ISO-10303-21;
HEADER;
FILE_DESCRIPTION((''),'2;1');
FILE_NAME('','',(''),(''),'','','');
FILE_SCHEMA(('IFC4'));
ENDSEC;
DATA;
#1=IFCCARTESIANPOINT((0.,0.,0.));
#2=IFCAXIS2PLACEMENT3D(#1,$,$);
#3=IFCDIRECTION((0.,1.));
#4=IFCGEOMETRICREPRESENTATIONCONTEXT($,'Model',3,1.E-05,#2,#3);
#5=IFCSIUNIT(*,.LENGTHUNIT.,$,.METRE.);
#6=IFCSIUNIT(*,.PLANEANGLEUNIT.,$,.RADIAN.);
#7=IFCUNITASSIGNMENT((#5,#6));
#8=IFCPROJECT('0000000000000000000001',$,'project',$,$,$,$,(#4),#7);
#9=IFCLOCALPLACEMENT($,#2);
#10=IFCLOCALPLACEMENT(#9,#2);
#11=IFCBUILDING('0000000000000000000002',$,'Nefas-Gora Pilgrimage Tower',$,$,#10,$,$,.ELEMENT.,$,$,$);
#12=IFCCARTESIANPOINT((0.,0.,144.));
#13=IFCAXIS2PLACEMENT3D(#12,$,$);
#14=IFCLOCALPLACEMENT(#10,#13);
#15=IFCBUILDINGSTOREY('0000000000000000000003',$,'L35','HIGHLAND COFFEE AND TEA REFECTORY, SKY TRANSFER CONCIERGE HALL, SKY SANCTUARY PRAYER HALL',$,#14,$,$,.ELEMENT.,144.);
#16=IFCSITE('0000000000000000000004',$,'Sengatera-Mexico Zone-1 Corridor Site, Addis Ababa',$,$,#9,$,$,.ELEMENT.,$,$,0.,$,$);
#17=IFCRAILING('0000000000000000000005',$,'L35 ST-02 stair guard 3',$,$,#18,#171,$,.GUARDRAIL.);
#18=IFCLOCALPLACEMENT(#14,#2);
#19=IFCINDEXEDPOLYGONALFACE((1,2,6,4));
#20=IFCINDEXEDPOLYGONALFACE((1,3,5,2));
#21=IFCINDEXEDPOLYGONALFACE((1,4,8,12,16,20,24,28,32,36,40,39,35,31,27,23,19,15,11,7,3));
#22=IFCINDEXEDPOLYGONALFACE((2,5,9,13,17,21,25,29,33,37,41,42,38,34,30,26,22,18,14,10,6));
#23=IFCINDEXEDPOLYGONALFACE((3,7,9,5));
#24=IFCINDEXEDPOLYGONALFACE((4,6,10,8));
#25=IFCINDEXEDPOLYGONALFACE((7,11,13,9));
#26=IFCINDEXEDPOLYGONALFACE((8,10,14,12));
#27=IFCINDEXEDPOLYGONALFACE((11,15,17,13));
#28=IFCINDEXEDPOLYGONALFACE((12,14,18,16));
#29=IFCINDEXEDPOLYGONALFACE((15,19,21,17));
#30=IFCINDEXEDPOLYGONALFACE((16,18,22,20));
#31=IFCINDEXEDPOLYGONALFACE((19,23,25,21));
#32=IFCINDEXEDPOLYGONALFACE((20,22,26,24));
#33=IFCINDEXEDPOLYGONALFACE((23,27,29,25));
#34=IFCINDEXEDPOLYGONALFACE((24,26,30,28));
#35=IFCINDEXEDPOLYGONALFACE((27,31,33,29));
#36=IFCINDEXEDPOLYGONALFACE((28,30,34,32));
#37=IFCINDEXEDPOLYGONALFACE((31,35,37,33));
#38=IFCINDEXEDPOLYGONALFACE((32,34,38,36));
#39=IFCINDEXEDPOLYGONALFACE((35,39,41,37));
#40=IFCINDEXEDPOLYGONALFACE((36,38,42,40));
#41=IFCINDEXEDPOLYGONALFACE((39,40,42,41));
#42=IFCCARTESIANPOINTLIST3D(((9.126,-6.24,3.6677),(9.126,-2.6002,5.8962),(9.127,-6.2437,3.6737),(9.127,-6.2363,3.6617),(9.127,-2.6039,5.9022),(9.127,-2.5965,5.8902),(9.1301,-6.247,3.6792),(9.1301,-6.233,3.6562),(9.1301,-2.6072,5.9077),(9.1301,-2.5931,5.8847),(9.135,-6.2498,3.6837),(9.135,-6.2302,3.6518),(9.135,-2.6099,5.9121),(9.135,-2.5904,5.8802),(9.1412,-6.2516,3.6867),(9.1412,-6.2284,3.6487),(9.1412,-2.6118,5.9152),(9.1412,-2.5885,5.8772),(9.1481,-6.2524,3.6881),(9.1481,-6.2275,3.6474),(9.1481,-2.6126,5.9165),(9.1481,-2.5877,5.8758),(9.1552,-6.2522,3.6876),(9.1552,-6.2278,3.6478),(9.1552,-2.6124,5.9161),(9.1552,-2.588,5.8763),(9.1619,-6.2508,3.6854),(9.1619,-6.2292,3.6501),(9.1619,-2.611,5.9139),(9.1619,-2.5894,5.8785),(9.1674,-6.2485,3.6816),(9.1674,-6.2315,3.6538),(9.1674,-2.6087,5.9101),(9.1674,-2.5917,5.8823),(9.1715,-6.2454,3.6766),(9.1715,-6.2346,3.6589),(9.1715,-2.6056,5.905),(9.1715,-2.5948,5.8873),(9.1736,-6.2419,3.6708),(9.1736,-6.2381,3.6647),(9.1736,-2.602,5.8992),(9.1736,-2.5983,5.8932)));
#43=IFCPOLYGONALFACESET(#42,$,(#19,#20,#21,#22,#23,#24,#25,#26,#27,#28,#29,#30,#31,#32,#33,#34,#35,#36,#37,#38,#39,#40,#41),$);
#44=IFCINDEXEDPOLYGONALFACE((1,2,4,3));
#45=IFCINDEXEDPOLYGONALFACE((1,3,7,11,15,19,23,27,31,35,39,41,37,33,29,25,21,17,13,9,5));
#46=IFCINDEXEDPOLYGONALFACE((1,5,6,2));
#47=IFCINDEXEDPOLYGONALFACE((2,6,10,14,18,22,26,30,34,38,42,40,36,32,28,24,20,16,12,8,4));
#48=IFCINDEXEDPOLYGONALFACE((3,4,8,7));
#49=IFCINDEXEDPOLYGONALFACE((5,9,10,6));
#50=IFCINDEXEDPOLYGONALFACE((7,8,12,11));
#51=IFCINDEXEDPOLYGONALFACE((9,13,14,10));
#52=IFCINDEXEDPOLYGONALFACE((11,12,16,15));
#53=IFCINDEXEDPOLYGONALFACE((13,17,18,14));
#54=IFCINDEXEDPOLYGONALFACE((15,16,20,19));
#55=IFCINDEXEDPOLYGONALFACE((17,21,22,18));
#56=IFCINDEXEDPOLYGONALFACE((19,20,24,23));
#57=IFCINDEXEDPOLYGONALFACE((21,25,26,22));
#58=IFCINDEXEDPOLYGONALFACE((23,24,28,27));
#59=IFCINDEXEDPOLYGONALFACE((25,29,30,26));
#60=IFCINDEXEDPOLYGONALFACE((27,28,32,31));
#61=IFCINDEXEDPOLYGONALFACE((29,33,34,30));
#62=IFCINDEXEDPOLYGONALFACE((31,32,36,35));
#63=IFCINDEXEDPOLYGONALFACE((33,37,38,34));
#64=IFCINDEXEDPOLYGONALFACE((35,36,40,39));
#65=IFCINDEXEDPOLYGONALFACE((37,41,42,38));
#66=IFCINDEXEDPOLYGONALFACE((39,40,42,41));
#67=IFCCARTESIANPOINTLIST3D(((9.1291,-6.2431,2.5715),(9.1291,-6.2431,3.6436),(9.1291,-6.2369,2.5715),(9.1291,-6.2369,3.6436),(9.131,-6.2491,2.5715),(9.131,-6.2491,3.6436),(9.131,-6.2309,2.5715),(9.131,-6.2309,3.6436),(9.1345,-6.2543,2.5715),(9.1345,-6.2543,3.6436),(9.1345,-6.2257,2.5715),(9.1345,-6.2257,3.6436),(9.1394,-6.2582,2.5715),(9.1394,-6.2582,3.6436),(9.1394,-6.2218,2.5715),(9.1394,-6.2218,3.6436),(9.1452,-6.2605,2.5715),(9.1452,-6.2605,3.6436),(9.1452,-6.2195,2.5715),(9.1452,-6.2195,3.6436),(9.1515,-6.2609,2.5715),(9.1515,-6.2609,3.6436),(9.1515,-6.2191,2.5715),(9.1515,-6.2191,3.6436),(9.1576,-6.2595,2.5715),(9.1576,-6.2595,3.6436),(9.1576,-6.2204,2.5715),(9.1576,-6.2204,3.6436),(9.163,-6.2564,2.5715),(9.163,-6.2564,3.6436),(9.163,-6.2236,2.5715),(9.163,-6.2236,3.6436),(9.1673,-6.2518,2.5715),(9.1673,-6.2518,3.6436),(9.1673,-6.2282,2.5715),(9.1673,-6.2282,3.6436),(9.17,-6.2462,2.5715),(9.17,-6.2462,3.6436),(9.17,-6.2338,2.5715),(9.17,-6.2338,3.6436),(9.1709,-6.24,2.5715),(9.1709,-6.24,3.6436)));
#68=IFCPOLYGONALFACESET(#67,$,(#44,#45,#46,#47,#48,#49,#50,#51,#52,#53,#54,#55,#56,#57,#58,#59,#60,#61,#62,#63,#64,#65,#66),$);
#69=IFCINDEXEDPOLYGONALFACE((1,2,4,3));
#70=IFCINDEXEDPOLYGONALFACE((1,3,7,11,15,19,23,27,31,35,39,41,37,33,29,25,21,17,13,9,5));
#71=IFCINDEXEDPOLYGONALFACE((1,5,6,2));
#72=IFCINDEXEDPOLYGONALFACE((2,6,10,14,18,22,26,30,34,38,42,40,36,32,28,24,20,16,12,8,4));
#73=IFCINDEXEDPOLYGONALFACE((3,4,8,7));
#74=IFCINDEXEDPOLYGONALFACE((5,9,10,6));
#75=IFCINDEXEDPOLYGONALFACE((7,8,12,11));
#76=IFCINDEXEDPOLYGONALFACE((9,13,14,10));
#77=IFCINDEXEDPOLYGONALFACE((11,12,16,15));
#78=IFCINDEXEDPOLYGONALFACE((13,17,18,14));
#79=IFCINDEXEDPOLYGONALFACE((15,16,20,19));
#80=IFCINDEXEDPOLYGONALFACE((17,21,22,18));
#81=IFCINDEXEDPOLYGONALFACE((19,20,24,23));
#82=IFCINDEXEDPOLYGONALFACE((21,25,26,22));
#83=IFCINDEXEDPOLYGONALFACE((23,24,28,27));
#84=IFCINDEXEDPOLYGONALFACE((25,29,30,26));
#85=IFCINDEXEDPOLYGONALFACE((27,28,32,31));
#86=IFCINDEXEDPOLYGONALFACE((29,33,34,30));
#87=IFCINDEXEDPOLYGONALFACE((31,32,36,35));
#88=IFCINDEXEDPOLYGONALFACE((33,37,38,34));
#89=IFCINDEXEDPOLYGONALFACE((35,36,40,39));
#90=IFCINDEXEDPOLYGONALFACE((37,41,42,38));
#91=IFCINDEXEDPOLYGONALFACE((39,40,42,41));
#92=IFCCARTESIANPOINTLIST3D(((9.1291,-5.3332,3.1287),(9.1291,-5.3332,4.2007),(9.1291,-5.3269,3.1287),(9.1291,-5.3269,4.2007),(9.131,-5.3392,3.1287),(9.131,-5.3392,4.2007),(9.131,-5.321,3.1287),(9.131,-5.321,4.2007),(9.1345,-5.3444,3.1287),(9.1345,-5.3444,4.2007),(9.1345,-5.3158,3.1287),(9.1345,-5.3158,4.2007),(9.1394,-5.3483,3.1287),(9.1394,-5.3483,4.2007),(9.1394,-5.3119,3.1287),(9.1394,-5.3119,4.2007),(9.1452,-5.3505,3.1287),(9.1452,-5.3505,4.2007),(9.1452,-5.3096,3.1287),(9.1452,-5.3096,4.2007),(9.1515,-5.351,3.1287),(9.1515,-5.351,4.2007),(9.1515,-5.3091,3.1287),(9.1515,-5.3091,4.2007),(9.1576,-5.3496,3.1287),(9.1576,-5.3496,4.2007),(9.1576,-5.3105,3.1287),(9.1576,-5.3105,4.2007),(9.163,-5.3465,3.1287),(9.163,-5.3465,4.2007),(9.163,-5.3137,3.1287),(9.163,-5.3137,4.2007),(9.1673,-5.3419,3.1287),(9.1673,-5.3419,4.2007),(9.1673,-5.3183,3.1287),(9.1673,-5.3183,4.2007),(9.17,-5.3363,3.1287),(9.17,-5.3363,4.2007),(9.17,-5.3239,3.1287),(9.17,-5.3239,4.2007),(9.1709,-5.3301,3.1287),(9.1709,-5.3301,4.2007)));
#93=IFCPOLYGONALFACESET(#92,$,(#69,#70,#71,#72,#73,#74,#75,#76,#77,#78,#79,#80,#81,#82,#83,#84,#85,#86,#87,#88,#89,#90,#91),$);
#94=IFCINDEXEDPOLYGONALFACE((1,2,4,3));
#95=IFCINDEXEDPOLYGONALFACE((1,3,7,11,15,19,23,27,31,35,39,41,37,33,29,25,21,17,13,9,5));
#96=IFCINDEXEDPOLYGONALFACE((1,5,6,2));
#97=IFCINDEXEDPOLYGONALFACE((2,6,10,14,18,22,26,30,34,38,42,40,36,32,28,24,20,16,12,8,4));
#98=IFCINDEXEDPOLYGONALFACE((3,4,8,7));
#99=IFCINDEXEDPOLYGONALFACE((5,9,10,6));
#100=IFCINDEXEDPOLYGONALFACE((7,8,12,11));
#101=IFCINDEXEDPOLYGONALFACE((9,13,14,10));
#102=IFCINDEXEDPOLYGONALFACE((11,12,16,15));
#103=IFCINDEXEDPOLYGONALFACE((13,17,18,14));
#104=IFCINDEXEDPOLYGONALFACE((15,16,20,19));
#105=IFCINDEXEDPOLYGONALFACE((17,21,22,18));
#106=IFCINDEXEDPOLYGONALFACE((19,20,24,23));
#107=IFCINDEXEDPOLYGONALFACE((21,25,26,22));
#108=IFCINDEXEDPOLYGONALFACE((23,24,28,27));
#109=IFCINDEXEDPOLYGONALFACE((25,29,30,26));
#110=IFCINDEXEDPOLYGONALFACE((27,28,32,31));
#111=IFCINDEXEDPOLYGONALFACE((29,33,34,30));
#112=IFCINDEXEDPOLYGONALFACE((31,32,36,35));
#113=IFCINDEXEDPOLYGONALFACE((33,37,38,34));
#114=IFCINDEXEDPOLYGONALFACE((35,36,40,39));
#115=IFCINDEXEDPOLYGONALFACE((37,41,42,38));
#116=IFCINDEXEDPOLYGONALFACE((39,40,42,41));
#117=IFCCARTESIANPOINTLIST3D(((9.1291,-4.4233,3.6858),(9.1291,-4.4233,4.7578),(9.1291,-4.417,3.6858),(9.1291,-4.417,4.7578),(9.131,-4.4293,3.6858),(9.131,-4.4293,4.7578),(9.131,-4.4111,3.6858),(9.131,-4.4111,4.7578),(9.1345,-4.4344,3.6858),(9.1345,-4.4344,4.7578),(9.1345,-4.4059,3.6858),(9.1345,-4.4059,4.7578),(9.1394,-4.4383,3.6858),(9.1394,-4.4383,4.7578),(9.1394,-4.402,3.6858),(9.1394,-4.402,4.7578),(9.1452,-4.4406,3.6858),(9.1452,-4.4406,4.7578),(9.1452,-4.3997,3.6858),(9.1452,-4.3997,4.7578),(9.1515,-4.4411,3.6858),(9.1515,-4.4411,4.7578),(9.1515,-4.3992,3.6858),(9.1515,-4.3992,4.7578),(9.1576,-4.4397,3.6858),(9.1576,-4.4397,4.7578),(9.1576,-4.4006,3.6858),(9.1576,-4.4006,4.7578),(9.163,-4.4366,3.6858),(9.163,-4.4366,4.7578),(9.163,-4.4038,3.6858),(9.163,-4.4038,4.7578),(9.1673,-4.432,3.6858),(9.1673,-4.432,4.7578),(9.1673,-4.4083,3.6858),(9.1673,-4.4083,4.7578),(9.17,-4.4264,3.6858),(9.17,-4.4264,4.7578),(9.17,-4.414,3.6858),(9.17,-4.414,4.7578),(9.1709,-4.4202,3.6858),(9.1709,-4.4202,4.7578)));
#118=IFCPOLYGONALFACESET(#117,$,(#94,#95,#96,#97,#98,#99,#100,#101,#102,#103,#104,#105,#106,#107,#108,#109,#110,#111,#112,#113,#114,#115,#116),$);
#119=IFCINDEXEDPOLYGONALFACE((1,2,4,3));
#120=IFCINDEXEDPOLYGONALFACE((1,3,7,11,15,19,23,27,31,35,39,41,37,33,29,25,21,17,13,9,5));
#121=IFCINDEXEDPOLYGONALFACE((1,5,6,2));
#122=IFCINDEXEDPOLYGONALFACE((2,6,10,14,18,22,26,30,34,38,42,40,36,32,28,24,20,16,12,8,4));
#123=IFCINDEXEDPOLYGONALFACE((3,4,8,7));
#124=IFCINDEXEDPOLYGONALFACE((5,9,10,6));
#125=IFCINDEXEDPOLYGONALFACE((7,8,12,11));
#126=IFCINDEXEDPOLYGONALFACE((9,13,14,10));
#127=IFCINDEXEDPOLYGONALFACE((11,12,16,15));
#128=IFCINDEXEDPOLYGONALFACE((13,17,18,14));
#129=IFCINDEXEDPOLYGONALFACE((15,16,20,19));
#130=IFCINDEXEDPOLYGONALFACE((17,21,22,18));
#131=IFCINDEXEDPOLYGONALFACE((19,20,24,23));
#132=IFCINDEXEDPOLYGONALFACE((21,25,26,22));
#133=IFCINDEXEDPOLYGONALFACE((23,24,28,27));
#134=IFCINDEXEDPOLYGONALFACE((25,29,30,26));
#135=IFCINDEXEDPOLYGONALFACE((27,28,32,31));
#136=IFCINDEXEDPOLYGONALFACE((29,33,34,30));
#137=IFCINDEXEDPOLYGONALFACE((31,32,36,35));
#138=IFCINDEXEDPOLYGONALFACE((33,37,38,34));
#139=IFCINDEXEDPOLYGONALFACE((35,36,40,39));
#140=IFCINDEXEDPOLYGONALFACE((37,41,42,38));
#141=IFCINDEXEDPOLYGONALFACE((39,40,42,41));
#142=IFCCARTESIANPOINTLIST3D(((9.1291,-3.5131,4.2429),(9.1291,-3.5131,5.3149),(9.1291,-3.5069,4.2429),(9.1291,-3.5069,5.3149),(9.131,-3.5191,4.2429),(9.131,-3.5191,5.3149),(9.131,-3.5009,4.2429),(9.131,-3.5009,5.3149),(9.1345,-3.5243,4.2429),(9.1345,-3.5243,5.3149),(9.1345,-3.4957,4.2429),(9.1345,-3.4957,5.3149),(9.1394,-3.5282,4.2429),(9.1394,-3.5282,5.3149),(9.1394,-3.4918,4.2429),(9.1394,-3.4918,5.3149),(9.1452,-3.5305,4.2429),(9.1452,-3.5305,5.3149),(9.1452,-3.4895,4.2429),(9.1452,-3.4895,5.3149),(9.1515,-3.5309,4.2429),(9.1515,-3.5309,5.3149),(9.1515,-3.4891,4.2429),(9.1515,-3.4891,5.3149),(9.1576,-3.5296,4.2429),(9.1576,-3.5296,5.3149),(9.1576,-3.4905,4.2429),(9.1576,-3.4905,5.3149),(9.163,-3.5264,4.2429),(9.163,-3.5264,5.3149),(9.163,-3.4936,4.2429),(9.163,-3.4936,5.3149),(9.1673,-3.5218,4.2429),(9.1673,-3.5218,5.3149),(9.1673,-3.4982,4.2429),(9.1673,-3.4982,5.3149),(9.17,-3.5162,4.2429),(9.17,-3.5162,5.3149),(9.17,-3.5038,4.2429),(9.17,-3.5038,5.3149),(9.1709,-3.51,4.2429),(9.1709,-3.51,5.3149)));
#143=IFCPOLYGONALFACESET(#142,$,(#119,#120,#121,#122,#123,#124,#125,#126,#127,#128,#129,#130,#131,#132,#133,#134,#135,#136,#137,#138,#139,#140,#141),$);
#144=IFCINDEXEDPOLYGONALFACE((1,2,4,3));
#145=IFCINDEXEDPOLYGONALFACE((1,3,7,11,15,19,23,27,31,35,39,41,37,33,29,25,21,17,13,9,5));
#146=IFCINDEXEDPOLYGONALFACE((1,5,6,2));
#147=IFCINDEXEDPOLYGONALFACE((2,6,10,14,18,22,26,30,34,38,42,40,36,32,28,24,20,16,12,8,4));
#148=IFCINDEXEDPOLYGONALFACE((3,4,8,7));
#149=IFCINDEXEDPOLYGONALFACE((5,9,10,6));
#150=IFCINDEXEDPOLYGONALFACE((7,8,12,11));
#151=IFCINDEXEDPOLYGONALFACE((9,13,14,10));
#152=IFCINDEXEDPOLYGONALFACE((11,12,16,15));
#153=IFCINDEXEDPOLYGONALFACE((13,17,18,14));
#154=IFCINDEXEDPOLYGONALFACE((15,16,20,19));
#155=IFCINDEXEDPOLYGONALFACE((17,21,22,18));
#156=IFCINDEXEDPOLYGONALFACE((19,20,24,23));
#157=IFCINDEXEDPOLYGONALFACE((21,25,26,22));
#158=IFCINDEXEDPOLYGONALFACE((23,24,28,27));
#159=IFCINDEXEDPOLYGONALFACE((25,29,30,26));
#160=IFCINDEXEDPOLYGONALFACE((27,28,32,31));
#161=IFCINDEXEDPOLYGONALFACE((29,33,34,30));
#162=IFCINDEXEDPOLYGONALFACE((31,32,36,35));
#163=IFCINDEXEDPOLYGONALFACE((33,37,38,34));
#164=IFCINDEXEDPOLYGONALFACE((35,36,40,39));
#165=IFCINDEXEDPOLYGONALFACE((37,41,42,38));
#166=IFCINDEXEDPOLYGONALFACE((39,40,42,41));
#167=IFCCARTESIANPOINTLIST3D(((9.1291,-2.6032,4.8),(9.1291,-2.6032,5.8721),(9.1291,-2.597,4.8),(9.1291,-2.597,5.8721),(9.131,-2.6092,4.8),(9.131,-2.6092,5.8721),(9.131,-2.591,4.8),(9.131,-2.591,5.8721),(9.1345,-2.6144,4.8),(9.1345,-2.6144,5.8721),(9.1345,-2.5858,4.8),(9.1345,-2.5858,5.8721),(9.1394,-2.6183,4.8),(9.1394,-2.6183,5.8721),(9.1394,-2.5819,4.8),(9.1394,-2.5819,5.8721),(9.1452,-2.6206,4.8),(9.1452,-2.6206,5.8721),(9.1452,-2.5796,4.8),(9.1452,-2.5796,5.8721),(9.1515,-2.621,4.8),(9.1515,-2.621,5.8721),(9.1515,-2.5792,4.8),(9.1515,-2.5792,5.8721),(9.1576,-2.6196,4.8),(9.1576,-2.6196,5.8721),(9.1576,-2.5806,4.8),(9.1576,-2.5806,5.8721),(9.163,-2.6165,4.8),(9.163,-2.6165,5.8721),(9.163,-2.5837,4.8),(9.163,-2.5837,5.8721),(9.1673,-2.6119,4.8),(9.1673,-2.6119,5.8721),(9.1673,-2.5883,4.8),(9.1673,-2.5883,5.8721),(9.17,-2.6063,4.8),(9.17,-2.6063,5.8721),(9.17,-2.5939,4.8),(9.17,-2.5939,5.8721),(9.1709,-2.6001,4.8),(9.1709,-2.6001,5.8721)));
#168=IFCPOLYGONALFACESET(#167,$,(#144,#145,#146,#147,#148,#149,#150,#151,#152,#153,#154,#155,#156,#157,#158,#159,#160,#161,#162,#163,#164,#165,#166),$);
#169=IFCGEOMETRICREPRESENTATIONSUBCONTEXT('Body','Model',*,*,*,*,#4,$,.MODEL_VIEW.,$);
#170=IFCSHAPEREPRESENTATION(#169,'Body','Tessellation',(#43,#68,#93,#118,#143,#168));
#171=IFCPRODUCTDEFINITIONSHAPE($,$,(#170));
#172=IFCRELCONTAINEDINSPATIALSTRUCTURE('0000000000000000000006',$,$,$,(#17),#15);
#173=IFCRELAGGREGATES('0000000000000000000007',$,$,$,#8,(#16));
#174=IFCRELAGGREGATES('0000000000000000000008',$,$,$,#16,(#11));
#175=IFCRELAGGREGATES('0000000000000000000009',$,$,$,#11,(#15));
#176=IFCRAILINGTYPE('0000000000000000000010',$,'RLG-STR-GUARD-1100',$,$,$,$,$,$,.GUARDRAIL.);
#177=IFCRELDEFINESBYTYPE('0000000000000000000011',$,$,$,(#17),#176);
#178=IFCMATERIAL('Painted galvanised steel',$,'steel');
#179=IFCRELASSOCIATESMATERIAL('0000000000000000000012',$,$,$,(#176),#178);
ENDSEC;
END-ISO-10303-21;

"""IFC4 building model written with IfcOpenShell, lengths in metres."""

from ifc_helpers import new_model, si_unit, direction, frame, origin, origin_2d, place, context, subcontext, project, spatial, circle, extrude, material, type_object, element, save


model = new_model("IFC4")

# Units and contexts
model_context = context("Model", 3, precision=1e-05, world=origin(), true_north=direction((0.0, 1.0)))
body_context = subcontext(model_context, "Body", "Model", "MODEL_VIEW")
ifc_project = project(units=[si_unit("LENGTHUNIT", "METRE"), si_unit("PLANEANGLEUNIT", "RADIAN")], contexts=[model_context])

# Site, building, storey
site_placement = place(None, origin())
site = spatial("IfcSite", under=ifc_project, at=site_placement, Name="Sengatera-Mexico Zone-1 Corridor Site, Addis Ababa", CompositionType="ELEMENT", RefElevation=0.0)
building_placement = place(site_placement, origin())
building = spatial("IfcBuilding", under=site, at=building_placement, Name="Nefas-Gora Pilgrimage Tower", CompositionType="ELEMENT")
storey_placement = place(building_placement, frame((0.0, 0.0, 144.0)))
storey = spatial("IfcBuildingStorey", under=building, at=storey_placement, Name="L35", Description="HIGHLAND COFFEE AND TEA REFECTORY, SKY TRANSFER CONCIERGE HALL, SKY SANCTUARY PRAYER HALL", CompositionType="ELEMENT", Elevation=144.0)

# Railing
ifc_material_1 = material(Name="Painted galvanised steel", Category="steel")
railing_type_1 = type_object("IfcRailingType", Name="RLG-STR-GUARD-1100", PredefinedType="GUARDRAIL", material=ifc_material_1)
railing_1_placement = place(storey_placement, frame((9.1499, -6.24, 2.5715)))
element("IfcRailing", 1, at=railing_1_placement, inside=storey, type_object=railing_type_1, Name="L35 ST-02 stair guard 3", PredefinedType="GUARDRAIL", context=body_context, shape_type="SweptSolid", body=[
    extrude(circle(Radius=0.0239, at=origin_2d()), frame((0.0, 0.0, 1.0962), z_axis=(0.0, 0.85285, 0.522156), x_axis=(-1.0, 0.0, 0.0)), (0.0, 0.0, 1.0), 4.2678),
    extrude(circle(Radius=0.021, at=origin_2d()), origin(), (0.0, 0.0, 1.0), 1.072),
    extrude(circle(Radius=0.021, at=origin_2d()), frame((0.0, 0.9099, 0.5571)), (0.0, 0.0, 1.0), 1.072),
    extrude(circle(Radius=0.021, at=origin_2d()), frame((0.0, 1.8198, 1.1143)), (0.0, 0.0, 1.0), 1.072),
    extrude(circle(Radius=0.021, at=origin_2d()), frame((0.0, 2.73, 1.6714)), (0.0, 0.0, 1.0), 1.072),
    extrude(circle(Radius=0.021, at=origin_2d()), frame((0.0, 3.6399, 2.2285)), (0.0, 0.0, 1.0), 1.072),
])

save(model, "model.ifc")
